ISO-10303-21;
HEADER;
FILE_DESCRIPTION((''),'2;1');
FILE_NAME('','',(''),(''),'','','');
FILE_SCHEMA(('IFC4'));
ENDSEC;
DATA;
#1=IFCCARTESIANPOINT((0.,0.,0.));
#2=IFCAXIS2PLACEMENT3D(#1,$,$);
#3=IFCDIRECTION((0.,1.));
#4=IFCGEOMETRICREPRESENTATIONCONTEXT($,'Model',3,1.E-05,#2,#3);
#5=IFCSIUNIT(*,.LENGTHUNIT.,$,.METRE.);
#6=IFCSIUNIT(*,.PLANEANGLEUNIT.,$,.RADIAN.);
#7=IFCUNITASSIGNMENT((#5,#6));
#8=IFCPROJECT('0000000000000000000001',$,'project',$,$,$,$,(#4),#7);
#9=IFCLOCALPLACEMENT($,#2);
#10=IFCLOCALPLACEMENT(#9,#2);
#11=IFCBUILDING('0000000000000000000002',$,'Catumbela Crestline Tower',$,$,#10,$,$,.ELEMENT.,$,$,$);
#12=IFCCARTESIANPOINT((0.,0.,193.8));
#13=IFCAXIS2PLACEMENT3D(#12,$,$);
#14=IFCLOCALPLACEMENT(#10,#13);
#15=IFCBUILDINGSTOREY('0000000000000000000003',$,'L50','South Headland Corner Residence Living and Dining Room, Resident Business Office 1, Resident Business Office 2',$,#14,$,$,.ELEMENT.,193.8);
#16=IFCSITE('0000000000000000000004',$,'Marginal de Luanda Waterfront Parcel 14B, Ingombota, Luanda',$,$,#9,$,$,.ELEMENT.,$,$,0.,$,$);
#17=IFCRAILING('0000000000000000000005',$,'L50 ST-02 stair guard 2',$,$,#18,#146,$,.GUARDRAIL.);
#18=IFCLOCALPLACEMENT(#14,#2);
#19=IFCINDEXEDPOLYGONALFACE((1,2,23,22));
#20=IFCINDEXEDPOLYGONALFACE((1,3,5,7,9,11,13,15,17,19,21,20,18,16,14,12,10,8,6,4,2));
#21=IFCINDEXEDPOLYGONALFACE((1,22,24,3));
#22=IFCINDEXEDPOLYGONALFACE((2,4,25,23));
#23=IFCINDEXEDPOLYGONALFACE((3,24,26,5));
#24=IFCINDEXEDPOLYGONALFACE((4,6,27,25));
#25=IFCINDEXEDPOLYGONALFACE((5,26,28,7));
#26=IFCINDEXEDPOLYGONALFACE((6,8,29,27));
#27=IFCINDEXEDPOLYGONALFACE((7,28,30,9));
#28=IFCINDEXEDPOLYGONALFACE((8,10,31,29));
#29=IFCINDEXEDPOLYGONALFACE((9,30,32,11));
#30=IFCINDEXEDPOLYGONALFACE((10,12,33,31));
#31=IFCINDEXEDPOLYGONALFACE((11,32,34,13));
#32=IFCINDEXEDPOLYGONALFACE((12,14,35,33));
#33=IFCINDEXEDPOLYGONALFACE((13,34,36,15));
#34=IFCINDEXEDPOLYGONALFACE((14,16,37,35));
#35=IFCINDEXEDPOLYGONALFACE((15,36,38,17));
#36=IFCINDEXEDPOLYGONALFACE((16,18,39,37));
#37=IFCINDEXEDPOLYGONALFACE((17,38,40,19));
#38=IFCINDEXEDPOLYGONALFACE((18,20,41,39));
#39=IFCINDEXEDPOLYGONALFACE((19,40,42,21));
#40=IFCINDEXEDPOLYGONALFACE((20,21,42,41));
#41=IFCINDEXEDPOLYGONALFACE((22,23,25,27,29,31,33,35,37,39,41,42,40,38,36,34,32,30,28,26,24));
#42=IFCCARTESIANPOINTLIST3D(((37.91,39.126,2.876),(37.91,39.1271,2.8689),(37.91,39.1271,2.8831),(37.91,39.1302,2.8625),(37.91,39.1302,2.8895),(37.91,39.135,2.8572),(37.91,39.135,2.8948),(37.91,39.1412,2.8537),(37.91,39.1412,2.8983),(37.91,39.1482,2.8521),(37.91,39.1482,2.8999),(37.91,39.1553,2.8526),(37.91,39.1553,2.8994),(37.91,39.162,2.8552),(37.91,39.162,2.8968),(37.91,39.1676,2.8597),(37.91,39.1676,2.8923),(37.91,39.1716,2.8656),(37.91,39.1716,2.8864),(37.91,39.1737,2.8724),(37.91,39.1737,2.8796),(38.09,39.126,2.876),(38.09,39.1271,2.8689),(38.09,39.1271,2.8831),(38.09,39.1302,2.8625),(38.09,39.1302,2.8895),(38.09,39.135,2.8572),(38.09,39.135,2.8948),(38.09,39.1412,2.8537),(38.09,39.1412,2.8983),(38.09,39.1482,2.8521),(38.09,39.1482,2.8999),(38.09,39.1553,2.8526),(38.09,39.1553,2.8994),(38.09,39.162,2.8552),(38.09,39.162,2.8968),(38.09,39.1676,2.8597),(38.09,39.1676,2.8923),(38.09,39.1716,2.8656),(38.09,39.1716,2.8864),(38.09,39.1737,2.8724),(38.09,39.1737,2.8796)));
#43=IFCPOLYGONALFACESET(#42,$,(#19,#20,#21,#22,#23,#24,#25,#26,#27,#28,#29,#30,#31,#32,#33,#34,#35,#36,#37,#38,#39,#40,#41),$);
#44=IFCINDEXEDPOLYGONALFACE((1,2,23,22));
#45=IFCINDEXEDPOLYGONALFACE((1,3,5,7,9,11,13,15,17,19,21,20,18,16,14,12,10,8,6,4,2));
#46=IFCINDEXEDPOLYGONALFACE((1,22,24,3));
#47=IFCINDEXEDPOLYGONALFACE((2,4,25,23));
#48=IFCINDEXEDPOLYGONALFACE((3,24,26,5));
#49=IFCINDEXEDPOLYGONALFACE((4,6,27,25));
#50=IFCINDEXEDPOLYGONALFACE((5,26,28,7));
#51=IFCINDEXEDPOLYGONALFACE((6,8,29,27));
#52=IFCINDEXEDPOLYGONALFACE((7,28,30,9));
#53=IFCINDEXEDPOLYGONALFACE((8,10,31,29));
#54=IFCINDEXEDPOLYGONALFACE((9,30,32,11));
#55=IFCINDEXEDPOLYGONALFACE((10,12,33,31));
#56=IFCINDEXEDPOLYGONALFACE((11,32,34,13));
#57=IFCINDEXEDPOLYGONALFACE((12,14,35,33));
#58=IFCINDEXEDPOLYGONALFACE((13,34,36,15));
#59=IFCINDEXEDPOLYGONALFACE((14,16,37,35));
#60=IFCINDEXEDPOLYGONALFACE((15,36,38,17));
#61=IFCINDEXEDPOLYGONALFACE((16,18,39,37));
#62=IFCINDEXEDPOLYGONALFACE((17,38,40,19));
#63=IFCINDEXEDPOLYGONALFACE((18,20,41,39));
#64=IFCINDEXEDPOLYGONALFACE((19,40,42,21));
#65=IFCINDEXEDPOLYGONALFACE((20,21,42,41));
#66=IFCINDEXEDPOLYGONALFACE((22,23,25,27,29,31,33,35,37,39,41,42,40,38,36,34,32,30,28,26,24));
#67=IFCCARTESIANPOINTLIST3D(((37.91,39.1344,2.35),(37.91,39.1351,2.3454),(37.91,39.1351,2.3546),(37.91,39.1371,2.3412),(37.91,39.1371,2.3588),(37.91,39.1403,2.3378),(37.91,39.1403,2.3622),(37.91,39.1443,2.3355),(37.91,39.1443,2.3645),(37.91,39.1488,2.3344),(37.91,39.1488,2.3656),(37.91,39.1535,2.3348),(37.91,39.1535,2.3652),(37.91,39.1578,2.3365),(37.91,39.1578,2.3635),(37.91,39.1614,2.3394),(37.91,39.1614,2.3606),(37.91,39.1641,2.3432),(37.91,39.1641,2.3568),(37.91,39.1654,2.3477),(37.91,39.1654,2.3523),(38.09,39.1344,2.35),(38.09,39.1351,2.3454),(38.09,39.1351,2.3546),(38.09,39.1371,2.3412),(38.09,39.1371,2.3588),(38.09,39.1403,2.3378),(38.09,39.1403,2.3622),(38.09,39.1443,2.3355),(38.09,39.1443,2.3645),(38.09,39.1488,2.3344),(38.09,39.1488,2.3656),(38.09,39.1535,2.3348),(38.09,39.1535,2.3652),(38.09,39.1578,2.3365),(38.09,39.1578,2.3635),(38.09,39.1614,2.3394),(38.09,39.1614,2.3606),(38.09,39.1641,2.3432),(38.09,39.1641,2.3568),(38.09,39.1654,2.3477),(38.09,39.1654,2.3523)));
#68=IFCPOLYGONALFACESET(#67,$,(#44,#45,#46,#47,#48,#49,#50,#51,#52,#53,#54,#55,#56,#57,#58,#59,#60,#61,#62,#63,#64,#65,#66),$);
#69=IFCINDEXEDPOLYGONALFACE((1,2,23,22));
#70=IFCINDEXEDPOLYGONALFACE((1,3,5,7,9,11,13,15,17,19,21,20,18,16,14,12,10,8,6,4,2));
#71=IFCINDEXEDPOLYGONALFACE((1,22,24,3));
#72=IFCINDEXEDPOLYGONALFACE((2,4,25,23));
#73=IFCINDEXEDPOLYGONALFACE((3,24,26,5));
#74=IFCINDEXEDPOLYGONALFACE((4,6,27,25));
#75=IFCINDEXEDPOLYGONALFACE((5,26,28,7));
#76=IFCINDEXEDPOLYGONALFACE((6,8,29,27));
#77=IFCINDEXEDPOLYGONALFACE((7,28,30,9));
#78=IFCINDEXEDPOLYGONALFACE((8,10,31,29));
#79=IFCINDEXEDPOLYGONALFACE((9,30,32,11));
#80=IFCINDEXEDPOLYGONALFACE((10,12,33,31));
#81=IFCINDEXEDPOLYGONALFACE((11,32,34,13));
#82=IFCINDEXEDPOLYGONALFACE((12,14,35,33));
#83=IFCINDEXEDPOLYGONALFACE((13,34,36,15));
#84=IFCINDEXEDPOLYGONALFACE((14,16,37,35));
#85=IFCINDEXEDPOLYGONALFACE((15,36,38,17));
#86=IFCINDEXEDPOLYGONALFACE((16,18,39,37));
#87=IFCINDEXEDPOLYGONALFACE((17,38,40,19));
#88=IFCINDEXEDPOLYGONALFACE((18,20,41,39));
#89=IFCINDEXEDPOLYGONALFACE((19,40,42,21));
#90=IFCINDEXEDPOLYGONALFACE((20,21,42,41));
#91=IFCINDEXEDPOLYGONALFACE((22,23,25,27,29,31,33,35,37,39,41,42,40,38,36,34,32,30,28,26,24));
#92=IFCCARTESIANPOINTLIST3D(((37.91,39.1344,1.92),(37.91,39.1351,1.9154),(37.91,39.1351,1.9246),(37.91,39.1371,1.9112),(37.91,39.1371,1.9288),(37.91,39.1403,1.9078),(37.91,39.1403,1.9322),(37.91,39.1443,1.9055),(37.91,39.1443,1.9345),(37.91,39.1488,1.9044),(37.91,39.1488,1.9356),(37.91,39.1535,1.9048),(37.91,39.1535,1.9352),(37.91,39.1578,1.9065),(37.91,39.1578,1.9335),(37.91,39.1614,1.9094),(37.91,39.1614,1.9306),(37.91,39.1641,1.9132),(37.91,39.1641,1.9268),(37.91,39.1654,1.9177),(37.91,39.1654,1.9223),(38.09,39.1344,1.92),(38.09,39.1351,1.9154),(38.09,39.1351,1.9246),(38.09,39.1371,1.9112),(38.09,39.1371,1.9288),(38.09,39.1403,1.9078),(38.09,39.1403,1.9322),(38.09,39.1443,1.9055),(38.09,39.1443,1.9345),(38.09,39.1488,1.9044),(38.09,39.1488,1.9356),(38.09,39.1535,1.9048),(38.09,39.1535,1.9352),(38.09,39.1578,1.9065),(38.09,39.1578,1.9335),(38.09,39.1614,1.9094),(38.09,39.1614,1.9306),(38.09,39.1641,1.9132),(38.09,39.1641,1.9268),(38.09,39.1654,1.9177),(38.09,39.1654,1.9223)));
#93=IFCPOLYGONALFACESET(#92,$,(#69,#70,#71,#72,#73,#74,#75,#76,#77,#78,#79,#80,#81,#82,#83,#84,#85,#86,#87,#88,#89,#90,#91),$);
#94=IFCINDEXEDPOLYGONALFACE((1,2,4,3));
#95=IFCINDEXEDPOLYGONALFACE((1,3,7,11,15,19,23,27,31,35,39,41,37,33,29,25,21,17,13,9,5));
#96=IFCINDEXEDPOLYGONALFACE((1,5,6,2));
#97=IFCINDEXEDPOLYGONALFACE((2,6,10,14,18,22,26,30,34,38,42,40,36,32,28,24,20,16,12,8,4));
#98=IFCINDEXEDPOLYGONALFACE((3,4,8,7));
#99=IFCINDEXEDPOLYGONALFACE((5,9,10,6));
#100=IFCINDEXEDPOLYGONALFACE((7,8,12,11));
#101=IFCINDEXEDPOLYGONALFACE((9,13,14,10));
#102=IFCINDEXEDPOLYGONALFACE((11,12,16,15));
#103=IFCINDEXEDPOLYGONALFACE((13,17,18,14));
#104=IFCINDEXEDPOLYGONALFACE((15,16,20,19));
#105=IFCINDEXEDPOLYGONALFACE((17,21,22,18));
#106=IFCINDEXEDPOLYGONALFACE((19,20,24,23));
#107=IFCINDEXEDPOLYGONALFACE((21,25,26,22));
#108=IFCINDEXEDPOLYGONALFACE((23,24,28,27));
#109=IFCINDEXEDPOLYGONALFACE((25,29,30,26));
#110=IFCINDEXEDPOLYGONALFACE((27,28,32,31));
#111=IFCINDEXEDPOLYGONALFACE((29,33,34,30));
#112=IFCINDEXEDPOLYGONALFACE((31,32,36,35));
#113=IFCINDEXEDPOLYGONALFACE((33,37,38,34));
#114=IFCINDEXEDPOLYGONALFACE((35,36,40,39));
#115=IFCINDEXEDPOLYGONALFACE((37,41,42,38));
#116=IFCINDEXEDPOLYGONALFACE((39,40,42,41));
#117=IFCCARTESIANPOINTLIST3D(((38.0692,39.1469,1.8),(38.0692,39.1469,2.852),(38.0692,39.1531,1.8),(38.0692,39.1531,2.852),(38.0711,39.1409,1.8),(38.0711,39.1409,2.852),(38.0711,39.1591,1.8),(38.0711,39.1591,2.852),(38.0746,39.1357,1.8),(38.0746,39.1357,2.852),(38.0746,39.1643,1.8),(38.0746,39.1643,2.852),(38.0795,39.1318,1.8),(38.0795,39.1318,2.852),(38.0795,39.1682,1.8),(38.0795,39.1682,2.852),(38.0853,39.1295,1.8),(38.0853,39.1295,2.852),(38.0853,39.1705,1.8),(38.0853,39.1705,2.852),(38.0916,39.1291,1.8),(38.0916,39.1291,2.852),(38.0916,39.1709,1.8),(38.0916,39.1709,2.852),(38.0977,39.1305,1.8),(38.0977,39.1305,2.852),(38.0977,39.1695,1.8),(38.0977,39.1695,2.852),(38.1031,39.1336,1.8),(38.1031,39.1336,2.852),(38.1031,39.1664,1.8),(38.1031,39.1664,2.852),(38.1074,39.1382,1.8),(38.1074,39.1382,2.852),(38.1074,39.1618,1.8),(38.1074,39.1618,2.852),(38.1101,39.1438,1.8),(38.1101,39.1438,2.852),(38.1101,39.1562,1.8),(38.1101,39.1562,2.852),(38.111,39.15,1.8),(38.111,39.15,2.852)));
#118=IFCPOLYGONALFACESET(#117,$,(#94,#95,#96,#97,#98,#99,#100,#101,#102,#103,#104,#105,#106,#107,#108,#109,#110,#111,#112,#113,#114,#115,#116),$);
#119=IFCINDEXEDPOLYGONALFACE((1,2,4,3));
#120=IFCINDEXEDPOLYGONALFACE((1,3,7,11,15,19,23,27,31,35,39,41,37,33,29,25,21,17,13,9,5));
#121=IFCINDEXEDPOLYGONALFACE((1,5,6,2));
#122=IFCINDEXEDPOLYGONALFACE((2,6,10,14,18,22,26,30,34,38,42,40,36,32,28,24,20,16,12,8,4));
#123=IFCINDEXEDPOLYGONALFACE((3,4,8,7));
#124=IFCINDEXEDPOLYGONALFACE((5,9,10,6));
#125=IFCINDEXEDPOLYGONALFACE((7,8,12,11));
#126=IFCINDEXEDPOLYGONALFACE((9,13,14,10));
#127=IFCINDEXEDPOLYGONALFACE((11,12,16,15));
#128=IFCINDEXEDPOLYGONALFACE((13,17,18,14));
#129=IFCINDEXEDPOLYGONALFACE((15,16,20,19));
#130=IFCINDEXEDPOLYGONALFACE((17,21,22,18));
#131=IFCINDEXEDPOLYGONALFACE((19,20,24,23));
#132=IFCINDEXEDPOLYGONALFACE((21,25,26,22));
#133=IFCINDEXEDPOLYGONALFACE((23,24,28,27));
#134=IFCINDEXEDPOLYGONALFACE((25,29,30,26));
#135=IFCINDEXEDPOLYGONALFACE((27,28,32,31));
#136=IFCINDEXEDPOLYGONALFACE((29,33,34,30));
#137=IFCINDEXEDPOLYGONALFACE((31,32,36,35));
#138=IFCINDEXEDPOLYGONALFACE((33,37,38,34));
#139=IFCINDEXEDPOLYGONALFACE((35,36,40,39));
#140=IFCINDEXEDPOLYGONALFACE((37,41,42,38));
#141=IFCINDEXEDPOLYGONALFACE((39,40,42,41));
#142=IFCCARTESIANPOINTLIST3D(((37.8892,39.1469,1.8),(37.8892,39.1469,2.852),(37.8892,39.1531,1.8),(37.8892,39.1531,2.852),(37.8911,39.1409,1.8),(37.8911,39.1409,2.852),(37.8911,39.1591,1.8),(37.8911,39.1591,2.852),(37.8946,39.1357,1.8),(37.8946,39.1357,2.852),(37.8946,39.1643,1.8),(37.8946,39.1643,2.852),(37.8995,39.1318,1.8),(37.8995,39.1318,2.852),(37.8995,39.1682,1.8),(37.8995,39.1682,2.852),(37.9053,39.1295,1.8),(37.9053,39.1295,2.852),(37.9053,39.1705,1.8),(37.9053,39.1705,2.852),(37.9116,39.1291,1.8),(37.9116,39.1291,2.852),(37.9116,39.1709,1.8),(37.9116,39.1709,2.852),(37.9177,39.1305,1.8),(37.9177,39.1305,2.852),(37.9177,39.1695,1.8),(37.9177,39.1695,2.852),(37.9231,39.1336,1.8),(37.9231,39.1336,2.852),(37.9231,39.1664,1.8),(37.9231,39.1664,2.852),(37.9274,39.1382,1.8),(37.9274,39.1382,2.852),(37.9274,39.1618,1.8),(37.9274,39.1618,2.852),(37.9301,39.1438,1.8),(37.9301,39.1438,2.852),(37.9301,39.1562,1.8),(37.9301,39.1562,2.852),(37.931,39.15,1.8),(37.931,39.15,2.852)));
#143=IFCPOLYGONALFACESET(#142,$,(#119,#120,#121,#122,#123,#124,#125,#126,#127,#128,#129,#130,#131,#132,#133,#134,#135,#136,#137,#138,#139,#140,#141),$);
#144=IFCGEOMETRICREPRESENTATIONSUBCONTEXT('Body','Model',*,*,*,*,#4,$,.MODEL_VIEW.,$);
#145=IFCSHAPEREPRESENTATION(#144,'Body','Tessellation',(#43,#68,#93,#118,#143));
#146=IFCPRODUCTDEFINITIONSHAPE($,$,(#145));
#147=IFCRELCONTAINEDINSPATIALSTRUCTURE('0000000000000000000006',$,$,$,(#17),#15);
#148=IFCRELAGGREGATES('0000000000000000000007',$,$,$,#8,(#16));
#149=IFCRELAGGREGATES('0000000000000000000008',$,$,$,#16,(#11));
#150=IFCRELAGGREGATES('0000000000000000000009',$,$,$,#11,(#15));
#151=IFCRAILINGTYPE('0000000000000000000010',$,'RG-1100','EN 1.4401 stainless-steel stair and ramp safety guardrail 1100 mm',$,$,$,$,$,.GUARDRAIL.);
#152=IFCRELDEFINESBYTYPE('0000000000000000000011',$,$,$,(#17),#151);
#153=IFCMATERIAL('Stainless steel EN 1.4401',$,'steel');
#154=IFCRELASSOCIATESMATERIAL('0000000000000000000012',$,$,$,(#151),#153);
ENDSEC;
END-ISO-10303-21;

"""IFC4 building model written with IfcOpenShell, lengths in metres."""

from ifc_helpers import new_model, si_unit, direction, frame, origin, origin_2d, place, context, subcontext, project, spatial, circle, extrude, material, type_object, element, save


model = new_model("IFC4")

# Units and contexts
model_context = context("Model", 3, precision=1e-05, world=origin(), true_north=direction((0.0, 1.0)))
body_context = subcontext(model_context, "Body", "Model", "MODEL_VIEW")
ifc_project = project(units=[si_unit("LENGTHUNIT", "METRE"), si_unit("PLANEANGLEUNIT", "RADIAN")], contexts=[model_context])

# Site, building, storey
site_placement = place(None, origin())
site = spatial("IfcSite", under=ifc_project, at=site_placement, Name="Marginal de Luanda Waterfront Parcel 14B, Ingombota, Luanda", CompositionType="ELEMENT", RefElevation=0.0)
building_placement = place(site_placement, origin())
building = spatial("IfcBuilding", under=site, at=building_placement, Name="Catumbela Crestline Tower", CompositionType="ELEMENT")
storey_placement = place(building_placement, frame((0.0, 0.0, 193.8)))
storey = spatial("IfcBuildingStorey", under=building, at=storey_placement, Name="L50", Description="South Headland Corner Residence Living and Dining Room, Resident Business Office 1, Resident Business Office 2", CompositionType="ELEMENT", Elevation=193.8)

# Shared definitions
ifc_material_1 = material(Name="Stainless steel EN 1.4401", Category="steel")

# Railing
railing_type_1 = type_object("IfcRailingType", Name="RG-1100", Description="EN 1.4401 stainless-steel stair and ramp safety guardrail 1100 mm", PredefinedType="GUARDRAIL", material=ifc_material_1)
railing_1_placement = place(storey_placement, frame((38.09, 39.15, 1.8)))
element("IfcRailing", 1, at=railing_1_placement, inside=storey, type_object=railing_type_1, Name="L50 ST-02 stair guard 2", PredefinedType="GUARDRAIL", context=body_context, shape_type="SweptSolid", body=[
    extrude(circle(Radius=0.024, at=origin_2d()), frame((0.0, 0.0, 1.076), z_axis=(-1.0, 0.0, 0.0), x_axis=(0.0, -1.0, 0.0)), (0.0, 0.0, 1.0), 0.18),
    extrude(circle(Radius=0.0156, at=origin_2d()), frame((0.0, 0.0, 0.55), z_axis=(-1.0, 0.0, 0.0), x_axis=(0.0, -1.0, 0.0)), (0.0, 0.0, 1.0), 0.18),
    extrude(circle(Radius=0.0156, at=origin_2d()), frame((0.0, 0.0, 0.12), z_axis=(-1.0, 0.0, 0.0), x_axis=(0.0, -1.0, 0.0)), (0.0, 0.0, 1.0), 0.18),
    extrude(circle(Radius=0.021, at=origin_2d()), origin(), (0.0, 0.0, 1.0), 1.052),
    extrude(circle(Radius=0.021, at=origin_2d()), frame((-0.18, 0.0, 0.0)), (0.0, 0.0, 1.0), 1.052),
])

save(model, "model.ifc")
